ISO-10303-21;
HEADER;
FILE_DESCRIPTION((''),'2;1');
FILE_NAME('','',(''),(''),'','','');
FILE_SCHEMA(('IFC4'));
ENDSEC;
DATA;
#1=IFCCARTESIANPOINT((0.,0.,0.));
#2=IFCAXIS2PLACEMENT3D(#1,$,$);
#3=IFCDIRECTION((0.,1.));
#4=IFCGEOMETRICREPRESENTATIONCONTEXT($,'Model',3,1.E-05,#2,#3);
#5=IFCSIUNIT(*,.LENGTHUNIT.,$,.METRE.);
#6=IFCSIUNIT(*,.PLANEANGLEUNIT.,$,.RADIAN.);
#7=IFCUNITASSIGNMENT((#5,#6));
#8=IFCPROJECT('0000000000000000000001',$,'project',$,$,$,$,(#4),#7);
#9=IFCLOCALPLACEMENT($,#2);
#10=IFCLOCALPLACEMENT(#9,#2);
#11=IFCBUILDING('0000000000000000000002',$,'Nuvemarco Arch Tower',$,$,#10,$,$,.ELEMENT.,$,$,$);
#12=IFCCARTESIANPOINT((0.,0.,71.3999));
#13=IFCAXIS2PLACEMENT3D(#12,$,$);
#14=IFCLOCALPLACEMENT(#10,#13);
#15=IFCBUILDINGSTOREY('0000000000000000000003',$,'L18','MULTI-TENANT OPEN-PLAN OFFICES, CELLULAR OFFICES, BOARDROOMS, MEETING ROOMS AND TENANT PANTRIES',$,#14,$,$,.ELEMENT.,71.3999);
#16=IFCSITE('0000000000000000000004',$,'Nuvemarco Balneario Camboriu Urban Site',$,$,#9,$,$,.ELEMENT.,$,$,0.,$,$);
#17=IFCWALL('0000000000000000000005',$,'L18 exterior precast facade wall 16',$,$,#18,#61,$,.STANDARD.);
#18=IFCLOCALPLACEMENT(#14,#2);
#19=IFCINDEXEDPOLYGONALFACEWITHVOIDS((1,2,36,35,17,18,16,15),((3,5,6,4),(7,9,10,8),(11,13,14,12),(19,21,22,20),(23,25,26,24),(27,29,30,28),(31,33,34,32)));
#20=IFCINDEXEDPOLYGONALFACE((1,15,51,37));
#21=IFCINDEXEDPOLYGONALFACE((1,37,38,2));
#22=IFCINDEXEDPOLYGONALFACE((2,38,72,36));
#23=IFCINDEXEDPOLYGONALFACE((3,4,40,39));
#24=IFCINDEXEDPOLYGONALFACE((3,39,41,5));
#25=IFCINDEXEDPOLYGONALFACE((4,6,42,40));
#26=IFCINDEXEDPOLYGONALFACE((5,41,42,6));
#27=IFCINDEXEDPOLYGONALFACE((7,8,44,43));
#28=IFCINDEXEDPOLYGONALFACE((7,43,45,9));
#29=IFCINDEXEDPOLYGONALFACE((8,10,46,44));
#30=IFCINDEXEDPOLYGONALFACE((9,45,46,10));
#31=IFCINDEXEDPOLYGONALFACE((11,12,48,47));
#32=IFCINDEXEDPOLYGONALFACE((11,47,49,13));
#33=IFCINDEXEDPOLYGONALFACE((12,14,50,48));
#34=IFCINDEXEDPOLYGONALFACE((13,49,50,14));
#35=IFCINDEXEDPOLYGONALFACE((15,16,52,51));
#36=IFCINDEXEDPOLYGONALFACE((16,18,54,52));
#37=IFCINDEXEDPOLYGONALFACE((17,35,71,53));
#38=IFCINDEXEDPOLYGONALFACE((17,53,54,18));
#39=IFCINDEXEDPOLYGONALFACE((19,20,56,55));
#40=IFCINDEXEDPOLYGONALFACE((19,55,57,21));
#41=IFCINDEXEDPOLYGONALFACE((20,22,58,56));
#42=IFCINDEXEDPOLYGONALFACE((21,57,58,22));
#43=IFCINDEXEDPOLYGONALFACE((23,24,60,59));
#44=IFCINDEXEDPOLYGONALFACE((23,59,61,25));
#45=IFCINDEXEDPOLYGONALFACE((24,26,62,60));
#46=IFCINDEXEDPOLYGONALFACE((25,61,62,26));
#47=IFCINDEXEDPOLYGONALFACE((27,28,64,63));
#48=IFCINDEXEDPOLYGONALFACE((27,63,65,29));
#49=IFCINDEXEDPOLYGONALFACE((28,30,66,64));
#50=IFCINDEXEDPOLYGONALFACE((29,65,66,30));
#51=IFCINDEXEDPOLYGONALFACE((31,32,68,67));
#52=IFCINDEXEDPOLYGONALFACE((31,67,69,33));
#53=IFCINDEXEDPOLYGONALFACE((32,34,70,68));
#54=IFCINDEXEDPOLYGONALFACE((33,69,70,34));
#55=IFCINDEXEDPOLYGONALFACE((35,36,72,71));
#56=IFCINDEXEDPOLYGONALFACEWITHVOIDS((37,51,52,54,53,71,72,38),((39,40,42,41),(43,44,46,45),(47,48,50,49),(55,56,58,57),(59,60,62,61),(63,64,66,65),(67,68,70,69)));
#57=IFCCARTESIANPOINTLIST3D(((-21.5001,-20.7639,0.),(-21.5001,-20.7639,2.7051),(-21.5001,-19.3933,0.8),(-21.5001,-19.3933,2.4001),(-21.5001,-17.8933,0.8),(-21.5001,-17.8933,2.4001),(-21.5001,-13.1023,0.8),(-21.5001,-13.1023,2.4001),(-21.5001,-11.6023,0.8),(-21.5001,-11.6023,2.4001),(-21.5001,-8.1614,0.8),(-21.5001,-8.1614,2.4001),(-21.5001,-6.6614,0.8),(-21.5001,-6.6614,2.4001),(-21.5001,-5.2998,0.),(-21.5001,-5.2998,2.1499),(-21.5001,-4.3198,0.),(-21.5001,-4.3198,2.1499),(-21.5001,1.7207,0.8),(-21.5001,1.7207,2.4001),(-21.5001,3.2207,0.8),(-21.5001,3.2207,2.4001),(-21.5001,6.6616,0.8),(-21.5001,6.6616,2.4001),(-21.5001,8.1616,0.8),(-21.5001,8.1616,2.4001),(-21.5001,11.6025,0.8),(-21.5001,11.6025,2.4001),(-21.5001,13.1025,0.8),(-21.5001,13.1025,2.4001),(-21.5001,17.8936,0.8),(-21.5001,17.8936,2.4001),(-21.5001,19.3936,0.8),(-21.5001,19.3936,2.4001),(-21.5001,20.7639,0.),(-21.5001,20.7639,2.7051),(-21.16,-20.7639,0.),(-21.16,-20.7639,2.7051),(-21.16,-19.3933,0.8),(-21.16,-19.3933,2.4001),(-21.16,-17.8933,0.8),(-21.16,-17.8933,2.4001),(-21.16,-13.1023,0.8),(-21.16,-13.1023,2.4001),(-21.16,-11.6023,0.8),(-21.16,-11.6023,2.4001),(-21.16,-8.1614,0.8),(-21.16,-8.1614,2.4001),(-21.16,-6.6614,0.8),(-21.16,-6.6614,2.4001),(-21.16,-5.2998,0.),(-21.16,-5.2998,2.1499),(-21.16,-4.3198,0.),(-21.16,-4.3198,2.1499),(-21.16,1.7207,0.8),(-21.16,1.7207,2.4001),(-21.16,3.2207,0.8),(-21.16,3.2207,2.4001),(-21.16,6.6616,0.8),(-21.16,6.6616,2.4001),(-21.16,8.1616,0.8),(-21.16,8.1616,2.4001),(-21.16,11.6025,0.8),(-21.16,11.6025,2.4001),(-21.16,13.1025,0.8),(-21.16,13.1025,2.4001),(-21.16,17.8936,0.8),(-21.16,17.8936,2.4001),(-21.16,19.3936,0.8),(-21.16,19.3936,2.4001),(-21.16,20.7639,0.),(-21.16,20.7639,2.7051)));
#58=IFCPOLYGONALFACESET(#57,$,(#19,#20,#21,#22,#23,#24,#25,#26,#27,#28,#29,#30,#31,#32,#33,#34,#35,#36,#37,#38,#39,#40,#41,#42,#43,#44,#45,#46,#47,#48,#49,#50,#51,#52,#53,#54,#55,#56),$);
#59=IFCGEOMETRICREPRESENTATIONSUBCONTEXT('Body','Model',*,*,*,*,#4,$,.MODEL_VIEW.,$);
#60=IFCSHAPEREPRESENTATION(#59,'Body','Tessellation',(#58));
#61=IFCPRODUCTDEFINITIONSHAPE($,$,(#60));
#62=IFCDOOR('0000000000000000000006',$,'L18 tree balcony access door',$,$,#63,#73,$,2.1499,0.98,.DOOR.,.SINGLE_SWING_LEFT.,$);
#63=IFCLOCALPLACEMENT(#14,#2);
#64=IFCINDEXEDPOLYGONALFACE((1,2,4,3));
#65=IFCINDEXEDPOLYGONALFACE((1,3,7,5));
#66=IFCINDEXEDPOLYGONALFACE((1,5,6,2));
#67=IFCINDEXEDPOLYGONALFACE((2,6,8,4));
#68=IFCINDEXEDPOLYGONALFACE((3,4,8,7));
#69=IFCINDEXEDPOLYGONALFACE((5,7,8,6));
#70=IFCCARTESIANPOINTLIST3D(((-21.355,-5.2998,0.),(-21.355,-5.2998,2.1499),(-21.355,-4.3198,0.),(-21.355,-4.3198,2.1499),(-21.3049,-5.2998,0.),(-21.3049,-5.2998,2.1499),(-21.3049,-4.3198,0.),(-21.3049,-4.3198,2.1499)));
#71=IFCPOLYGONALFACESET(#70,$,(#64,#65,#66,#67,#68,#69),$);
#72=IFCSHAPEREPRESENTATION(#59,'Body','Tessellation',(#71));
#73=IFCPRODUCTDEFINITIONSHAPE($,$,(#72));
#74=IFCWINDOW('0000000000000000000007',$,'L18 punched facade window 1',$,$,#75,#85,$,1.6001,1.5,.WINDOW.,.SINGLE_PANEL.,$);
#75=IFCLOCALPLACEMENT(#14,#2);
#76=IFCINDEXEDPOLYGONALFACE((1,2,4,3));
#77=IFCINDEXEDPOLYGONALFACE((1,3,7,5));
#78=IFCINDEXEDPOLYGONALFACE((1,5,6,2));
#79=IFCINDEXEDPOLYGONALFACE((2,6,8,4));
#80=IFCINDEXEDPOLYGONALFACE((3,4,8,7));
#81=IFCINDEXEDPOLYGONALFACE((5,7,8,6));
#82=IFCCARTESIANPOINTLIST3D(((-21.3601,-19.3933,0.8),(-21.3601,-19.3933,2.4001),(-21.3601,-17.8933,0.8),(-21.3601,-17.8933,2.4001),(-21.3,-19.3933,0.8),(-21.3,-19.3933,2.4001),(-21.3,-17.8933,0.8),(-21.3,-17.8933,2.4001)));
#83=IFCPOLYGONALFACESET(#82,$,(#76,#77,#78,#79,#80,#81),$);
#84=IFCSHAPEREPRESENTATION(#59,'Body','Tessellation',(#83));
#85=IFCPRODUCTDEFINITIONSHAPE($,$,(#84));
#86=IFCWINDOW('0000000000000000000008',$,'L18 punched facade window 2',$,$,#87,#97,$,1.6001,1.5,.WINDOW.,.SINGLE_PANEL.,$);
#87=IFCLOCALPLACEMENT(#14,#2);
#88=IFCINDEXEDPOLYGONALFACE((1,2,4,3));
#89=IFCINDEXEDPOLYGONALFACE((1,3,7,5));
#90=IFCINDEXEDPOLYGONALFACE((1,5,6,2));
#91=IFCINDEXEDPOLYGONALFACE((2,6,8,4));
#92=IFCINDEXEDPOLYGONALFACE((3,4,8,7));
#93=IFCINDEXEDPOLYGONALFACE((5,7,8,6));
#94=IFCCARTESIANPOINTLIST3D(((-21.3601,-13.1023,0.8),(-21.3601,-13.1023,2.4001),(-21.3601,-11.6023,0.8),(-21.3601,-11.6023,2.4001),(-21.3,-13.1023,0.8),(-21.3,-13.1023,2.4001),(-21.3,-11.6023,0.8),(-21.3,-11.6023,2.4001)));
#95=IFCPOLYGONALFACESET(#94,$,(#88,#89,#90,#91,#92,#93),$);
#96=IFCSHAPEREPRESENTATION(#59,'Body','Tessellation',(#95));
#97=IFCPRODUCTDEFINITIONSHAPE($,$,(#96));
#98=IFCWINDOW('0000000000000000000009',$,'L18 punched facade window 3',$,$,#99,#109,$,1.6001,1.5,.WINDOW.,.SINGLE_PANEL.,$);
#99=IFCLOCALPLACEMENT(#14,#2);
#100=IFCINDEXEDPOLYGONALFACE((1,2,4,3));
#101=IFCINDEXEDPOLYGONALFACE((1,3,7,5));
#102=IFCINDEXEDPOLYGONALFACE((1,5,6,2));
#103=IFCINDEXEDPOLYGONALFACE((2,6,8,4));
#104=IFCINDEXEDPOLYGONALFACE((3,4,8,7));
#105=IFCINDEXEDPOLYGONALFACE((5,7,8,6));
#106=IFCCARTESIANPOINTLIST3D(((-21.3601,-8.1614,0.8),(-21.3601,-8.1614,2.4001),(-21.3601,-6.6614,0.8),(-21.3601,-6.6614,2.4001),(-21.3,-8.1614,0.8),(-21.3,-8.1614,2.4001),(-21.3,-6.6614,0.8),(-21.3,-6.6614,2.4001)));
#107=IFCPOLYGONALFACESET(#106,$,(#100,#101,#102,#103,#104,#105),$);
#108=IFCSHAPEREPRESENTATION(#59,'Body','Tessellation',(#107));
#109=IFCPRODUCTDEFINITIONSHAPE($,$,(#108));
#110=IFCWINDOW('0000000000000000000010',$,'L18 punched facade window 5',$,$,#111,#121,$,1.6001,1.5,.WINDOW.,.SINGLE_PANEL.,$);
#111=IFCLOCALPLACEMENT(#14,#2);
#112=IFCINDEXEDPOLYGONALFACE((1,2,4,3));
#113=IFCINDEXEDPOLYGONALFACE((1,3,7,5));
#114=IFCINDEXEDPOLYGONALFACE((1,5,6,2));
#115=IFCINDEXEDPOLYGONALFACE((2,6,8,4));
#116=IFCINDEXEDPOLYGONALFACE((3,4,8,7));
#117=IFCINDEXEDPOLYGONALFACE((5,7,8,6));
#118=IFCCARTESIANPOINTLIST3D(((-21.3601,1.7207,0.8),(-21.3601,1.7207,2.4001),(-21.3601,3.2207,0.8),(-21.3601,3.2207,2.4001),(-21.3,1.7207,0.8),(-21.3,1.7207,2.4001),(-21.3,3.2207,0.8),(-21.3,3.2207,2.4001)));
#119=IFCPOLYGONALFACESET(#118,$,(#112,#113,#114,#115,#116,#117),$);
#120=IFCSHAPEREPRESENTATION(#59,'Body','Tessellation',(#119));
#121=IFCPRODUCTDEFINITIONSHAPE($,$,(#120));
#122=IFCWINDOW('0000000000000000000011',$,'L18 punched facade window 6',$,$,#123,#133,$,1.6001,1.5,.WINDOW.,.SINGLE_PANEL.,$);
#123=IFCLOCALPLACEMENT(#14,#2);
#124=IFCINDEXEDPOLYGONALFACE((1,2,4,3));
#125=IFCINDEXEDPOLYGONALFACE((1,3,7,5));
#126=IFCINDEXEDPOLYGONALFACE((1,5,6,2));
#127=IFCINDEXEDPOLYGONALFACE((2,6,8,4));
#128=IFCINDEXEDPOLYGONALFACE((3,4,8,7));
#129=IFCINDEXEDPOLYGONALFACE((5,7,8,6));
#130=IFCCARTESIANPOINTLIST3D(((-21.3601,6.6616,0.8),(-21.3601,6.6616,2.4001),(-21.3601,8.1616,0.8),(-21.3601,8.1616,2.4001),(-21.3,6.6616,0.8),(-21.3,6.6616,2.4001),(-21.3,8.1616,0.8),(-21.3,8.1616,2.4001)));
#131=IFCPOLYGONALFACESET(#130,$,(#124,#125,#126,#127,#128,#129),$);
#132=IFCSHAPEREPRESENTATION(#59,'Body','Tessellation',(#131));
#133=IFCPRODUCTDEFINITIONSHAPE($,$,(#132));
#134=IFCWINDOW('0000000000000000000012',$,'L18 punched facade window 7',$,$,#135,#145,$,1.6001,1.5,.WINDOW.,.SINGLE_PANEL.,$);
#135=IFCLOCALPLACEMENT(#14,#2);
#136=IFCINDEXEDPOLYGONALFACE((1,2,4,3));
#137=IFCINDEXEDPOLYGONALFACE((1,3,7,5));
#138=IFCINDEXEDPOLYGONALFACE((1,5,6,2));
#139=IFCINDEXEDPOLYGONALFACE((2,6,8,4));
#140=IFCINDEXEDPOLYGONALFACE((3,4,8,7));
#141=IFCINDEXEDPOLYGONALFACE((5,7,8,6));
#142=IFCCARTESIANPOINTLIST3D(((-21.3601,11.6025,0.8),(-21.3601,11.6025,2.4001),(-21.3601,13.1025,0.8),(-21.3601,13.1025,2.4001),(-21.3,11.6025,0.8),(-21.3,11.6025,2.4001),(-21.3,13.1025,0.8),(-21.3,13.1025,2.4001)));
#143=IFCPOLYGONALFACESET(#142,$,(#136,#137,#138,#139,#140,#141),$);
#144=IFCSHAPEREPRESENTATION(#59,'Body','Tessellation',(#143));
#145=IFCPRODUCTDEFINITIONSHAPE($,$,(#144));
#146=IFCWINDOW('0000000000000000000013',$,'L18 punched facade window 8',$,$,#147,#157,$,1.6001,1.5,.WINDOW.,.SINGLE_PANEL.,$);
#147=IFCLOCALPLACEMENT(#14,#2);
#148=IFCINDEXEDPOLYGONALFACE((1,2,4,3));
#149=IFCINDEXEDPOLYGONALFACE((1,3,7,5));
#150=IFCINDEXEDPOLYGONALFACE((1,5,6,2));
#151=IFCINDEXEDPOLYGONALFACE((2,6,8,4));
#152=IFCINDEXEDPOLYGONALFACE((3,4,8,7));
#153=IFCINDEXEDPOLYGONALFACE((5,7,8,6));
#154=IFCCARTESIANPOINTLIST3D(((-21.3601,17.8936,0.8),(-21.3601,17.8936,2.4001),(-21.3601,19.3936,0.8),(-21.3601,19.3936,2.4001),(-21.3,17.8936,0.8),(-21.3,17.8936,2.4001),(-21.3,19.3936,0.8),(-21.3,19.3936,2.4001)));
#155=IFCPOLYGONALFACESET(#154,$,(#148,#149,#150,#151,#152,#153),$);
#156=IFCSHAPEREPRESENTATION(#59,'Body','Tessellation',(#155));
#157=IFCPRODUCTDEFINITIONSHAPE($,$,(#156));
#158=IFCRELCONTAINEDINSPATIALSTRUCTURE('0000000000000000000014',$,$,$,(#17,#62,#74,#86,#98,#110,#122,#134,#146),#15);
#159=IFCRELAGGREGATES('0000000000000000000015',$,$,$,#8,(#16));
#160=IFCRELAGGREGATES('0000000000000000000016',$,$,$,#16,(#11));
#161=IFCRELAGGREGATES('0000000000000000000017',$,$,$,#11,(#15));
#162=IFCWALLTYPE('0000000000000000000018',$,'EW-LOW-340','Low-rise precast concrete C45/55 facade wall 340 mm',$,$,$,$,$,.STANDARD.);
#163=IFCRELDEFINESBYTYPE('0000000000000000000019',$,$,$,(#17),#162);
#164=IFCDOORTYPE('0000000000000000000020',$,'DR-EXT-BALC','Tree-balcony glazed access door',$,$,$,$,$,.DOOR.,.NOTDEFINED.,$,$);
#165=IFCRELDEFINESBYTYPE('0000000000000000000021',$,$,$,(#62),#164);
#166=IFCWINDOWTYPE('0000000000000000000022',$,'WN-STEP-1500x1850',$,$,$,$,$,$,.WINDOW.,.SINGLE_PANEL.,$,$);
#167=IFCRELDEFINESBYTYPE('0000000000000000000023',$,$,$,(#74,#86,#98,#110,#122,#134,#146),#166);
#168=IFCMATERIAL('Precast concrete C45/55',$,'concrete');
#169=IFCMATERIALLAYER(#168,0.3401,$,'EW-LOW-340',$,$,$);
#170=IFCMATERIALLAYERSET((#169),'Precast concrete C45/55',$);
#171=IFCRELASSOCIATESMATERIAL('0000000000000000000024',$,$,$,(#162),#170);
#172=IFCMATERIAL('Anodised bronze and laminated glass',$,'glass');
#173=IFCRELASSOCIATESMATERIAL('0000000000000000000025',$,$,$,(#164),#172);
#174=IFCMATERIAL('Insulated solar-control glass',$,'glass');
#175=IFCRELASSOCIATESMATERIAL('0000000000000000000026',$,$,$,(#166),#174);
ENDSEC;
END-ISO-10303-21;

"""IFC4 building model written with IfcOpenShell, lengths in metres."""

from ifc_helpers import new_model, si_unit, direction, frame, frame_2d, origin, place, context, subcontext, project, spatial, rectangle, extrude, source, transform, mapped, material, layer, layer_set, type_object, type_shapes, element, fill, save


model = new_model("IFC4")

# Units and contexts
model_context = context("Model", 3, precision=1e-05, world=origin(), true_north=direction((0.0, 1.0)))
body_context = subcontext(model_context, "Body", "Model", "MODEL_VIEW")
ifc_project = project(units=[si_unit("LENGTHUNIT", "METRE"), si_unit("PLANEANGLEUNIT", "RADIAN")], contexts=[model_context])

# Site, building, storey
site_placement = place(None, origin())
site = spatial("IfcSite", under=ifc_project, at=site_placement, Name="Nuvemarco Balneario Camboriu Urban Site", CompositionType="ELEMENT", RefElevation=0.0)
building_placement = place(site_placement, origin())
building = spatial("IfcBuilding", under=site, at=building_placement, Name="Nuvemarco Arch Tower", CompositionType="ELEMENT")
storey_placement = place(building_placement, frame((0.0, 0.0, 71.3999)))
storey = spatial("IfcBuildingStorey", under=building, at=storey_placement, Name="L18", Description="MULTI-TENANT OPEN-PLAN OFFICES, CELLULAR OFFICES, BOARDROOMS, MEETING ROOMS AND TENANT PANTRIES", CompositionType="ELEMENT", Elevation=71.3999)

# Shared definitions
ifc_material_1 = material(Name="Precast concrete C45/55", Category="concrete")

# Shared definitions
ifc_layer = layer(ifc_material_1, 0.3401, Name="EW-LOW-340")
ifc_layer_set = layer_set([ifc_layer], Name="Precast concrete C45/55")
wall_type = type_object("IfcWallType", Name="EW-LOW-340", Description="Low-rise precast concrete C45/55 facade wall 340 mm", PredefinedType="STANDARD", material=ifc_layer_set)
ifc_material_2 = material(Name="Insulated solar-control glass", Category="glass")

# Wall, openings, door, windows
wall_1_placement = place(storey_placement, frame((-21.3301, -20.7639, 0.0), z_axis=(0.0, 0.0, 1.0), x_axis=(0.0, 1.0, 0.0)))
wall_1 = element("IfcWall", 1, at=wall_1_placement, inside=storey, type_object=wall_type, Name="L18 exterior precast facade wall 16", PredefinedType="STANDARD", context=body_context, shape_type="SweptSolid", body=[
    extrude(rectangle(XDim=41.5278, YDim=0.3401, at=frame_2d((20.7639, 0.0))), origin(), (0.0, 0.0, 1.0), 2.7051),
])
opening_1_placement = place(wall_1_placement, frame((15.4641, 0.0, 0.0)))
opening_1 = element("IfcOpeningElement", 2, at=opening_1_placement, cuts=wall_1, PredefinedType="OPENING", context=body_context, shape_type="SweptSolid", body=[
    extrude(rectangle(XDim=0.98, YDim=2.1499, at=frame_2d((0.49, 1.075))), frame((0.0, 0.1799, 0.0), z_axis=(0.0, -1.0, 0.0), x_axis=(1.0, 0.0, 0.0)), (0.0, 0.0, 1.0), 0.3601),
])
opening_2_placement = place(wall_1_placement, frame((1.3706, 0.0, 0.8)))
opening_2 = element("IfcOpeningElement", 3, at=opening_2_placement, cuts=wall_1, PredefinedType="OPENING", context=body_context, shape_type="SweptSolid", body=[
    extrude(rectangle(XDim=1.5, YDim=1.6001, at=frame_2d((0.75, 0.8))), frame((0.0, 0.1799, 0.0), z_axis=(0.0, -1.0, 0.0), x_axis=(1.0, 0.0, 0.0)), (0.0, 0.0, 1.0), 0.3601),
])
opening_3_placement = place(wall_1_placement, frame((7.6616, 0.0, 0.8)))
opening_3 = element("IfcOpeningElement", 4, at=opening_3_placement, cuts=wall_1, PredefinedType="OPENING", context=body_context, shape_type="SweptSolid", body=[
    extrude(rectangle(XDim=1.5, YDim=1.6001, at=frame_2d((0.75, 0.8))), frame((0.0, 0.1799, 0.0), z_axis=(0.0, -1.0, 0.0), x_axis=(1.0, 0.0, 0.0)), (0.0, 0.0, 1.0), 0.3601),
])
opening_4_placement = place(wall_1_placement, frame((12.6025, 0.0, 0.8)))
opening_4 = element("IfcOpeningElement", 5, at=opening_4_placement, cuts=wall_1, PredefinedType="OPENING", context=body_context, shape_type="SweptSolid", body=[
    extrude(rectangle(XDim=1.5, YDim=1.6001, at=frame_2d((0.75, 0.8))), frame((0.0, 0.1799, 0.0), z_axis=(0.0, -1.0, 0.0), x_axis=(1.0, 0.0, 0.0)), (0.0, 0.0, 1.0), 0.3601),
])
opening_5_placement = place(wall_1_placement, frame((22.4846, 0.0, 0.8)))
opening_5 = element("IfcOpeningElement", 6, at=opening_5_placement, cuts=wall_1, PredefinedType="OPENING", context=body_context, shape_type="SweptSolid", body=[
    extrude(rectangle(XDim=1.5, YDim=1.6001, at=frame_2d((0.75, 0.8))), frame((0.0, 0.1799, 0.0), z_axis=(0.0, -1.0, 0.0), x_axis=(1.0, 0.0, 0.0)), (0.0, 0.0, 1.0), 0.3601),
])
opening_6_placement = place(wall_1_placement, frame((27.4255, 0.0, 0.8)))
opening_6 = element("IfcOpeningElement", 7, at=opening_6_placement, cuts=wall_1, PredefinedType="OPENING", context=body_context, shape_type="SweptSolid", body=[
    extrude(rectangle(XDim=1.5, YDim=1.6001, at=frame_2d((0.75, 0.8))), frame((0.0, 0.1799, 0.0), z_axis=(0.0, -1.0, 0.0), x_axis=(1.0, 0.0, 0.0)), (0.0, 0.0, 1.0), 0.3601),
])
opening_7_placement = place(wall_1_placement, frame((32.3665, 0.0, 0.8)))
opening_7 = element("IfcOpeningElement", 8, at=opening_7_placement, cuts=wall_1, PredefinedType="OPENING", context=body_context, shape_type="SweptSolid", body=[
    extrude(rectangle(XDim=1.5, YDim=1.6001, at=frame_2d((0.75, 0.8))), frame((0.0, 0.1799, 0.0), z_axis=(0.0, -1.0, 0.0), x_axis=(1.0, 0.0, 0.0)), (0.0, 0.0, 1.0), 0.3601),
])
opening_8_placement = place(wall_1_placement, frame((38.6575, 0.0, 0.8)))
opening_8 = element("IfcOpeningElement", 9, at=opening_8_placement, cuts=wall_1, PredefinedType="OPENING", context=body_context, shape_type="SweptSolid", body=[
    extrude(rectangle(XDim=1.5, YDim=1.6001, at=frame_2d((0.75, 0.8))), frame((0.0, 0.1799, 0.0), z_axis=(0.0, -1.0, 0.0), x_axis=(1.0, 0.0, 0.0)), (0.0, 0.0, 1.0), 0.3601),
])
ifc_material_3 = material(Name="Anodised bronze and laminated glass", Category="glass")
door_type = type_object("IfcDoorType", Name="DR-EXT-BALC", Description="Tree-balcony glazed access door", OperationType="NOTDEFINED", PredefinedType="DOOR", material=ifc_material_3)
shared_shape_1 = source(origin(), body_context, "Body", "SweptSolid", [
    extrude(rectangle(XDim=0.98, YDim=2.1499, at=frame_2d((0.49, 1.075))), frame((0.0, 0.0249, 0.0), z_axis=(0.0, -1.0, 0.0), x_axis=(1.0, 0.0, 0.0)), (0.0, 0.0, 1.0), 0.05),
])
type_shapes(door_type, [shared_shape_1])
door_placement = place(opening_1_placement, origin())
door = element("IfcDoor", 10, at=door_placement, inside=storey, type_object=door_type, Name="L18 tree balcony access door", OperationType="SINGLE_SWING_LEFT", OverallHeight=2.1499, OverallWidth=0.98, PredefinedType="DOOR", context=body_context, shape_type="MappedRepresentation", body=[
    mapped(shared_shape_1, transform((0.0, 0.0, 0.0), scale=1.0)),
])
fill(opening_1, door)
window_type_1 = type_object("IfcWindowType", Name="WN-STEP-1500x1850", PartitioningType="SINGLE_PANEL", PredefinedType="WINDOW", material=ifc_material_2)
shared_shape_2 = source(origin(), body_context, "Body", "SweptSolid", [
    extrude(rectangle(XDim=1.5, YDim=1.6001, at=frame_2d((0.75, 0.8))), frame((0.0, 0.03, 0.0), z_axis=(0.0, -1.0, 0.0), x_axis=(1.0, 0.0, 0.0)), (0.0, 0.0, 1.0), 0.0601),
])
type_shapes(window_type_1, [shared_shape_2])
window_1_placement = place(opening_2_placement, origin())
window_1 = element("IfcWindow", 11, at=window_1_placement, inside=storey, type_object=window_type_1, Name="L18 punched facade window 1", OverallHeight=1.6001, OverallWidth=1.5, PartitioningType="SINGLE_PANEL", PredefinedType="WINDOW", context=body_context, shape_type="MappedRepresentation", body=[
    mapped(shared_shape_2, transform((0.0, 0.0, 0.0), scale=1.0)),
])
fill(opening_2, window_1)
window_2_placement = place(opening_3_placement, origin())
window_2 = element("IfcWindow", 12, at=window_2_placement, inside=storey, type_object=window_type_1, Name="L18 punched facade window 2", OverallHeight=1.6001, OverallWidth=1.5, PartitioningType="SINGLE_PANEL", PredefinedType="WINDOW", context=body_context, shape_type="MappedRepresentation", body=[
    mapped(shared_shape_2, transform((0.0, 0.0, 0.0), scale=1.0)),
])
fill(opening_3, window_2)
window_3_placement = place(opening_4_placement, origin())
window_3 = element("IfcWindow", 13, at=window_3_placement, inside=storey, type_object=window_type_1, Name="L18 punched facade window 3", OverallHeight=1.6001, OverallWidth=1.5, PartitioningType="SINGLE_PANEL", PredefinedType="WINDOW", context=body_context, shape_type="MappedRepresentation", body=[
    mapped(shared_shape_2, transform((0.0, 0.0, 0.0), scale=1.0)),
])
fill(opening_4, window_3)
window_4_placement = place(opening_5_placement, origin())
window_4 = element("IfcWindow", 14, at=window_4_placement, inside=storey, type_object=window_type_1, Name="L18 punched facade window 5", OverallHeight=1.6001, OverallWidth=1.5, PartitioningType="SINGLE_PANEL", PredefinedType="WINDOW", context=body_context, shape_type="MappedRepresentation", body=[
    mapped(shared_shape_2, transform((0.0, 0.0, 0.0), scale=1.0)),
])
fill(opening_5, window_4)
window_5_placement = place(opening_6_placement, origin())
window_5 = element("IfcWindow", 15, at=window_5_placement, inside=storey, type_object=window_type_1, Name="L18 punched facade window 6", OverallHeight=1.6001, OverallWidth=1.5, PartitioningType="SINGLE_PANEL", PredefinedType="WINDOW", context=body_context, shape_type="MappedRepresentation", body=[
    mapped(shared_shape_2, transform((0.0, 0.0, 0.0), scale=1.0)),
])
fill(opening_6, window_5)
window_6_placement = place(opening_7_placement, origin())
window_6 = element("IfcWindow", 16, at=window_6_placement, inside=storey, type_object=window_type_1, Name="L18 punched facade window 7", OverallHeight=1.6001, OverallWidth=1.5, PartitioningType="SINGLE_PANEL", PredefinedType="WINDOW", context=body_context, shape_type="MappedRepresentation", body=[
    mapped(shared_shape_2, transform((0.0, 0.0, 0.0), scale=1.0)),
])
fill(opening_7, window_6)
window_7_placement = place(opening_8_placement, origin())
window_7 = element("IfcWindow", 17, at=window_7_placement, inside=storey, type_object=window_type_1, Name="L18 punched facade window 8", OverallHeight=1.6001, OverallWidth=1.5, PartitioningType="SINGLE_PANEL", PredefinedType="WINDOW", context=body_context, shape_type="MappedRepresentation", body=[
    mapped(shared_shape_2, transform((0.0, 0.0, 0.0), scale=1.0)),
])
fill(opening_8, window_7)

save(model, "model.ifc")
